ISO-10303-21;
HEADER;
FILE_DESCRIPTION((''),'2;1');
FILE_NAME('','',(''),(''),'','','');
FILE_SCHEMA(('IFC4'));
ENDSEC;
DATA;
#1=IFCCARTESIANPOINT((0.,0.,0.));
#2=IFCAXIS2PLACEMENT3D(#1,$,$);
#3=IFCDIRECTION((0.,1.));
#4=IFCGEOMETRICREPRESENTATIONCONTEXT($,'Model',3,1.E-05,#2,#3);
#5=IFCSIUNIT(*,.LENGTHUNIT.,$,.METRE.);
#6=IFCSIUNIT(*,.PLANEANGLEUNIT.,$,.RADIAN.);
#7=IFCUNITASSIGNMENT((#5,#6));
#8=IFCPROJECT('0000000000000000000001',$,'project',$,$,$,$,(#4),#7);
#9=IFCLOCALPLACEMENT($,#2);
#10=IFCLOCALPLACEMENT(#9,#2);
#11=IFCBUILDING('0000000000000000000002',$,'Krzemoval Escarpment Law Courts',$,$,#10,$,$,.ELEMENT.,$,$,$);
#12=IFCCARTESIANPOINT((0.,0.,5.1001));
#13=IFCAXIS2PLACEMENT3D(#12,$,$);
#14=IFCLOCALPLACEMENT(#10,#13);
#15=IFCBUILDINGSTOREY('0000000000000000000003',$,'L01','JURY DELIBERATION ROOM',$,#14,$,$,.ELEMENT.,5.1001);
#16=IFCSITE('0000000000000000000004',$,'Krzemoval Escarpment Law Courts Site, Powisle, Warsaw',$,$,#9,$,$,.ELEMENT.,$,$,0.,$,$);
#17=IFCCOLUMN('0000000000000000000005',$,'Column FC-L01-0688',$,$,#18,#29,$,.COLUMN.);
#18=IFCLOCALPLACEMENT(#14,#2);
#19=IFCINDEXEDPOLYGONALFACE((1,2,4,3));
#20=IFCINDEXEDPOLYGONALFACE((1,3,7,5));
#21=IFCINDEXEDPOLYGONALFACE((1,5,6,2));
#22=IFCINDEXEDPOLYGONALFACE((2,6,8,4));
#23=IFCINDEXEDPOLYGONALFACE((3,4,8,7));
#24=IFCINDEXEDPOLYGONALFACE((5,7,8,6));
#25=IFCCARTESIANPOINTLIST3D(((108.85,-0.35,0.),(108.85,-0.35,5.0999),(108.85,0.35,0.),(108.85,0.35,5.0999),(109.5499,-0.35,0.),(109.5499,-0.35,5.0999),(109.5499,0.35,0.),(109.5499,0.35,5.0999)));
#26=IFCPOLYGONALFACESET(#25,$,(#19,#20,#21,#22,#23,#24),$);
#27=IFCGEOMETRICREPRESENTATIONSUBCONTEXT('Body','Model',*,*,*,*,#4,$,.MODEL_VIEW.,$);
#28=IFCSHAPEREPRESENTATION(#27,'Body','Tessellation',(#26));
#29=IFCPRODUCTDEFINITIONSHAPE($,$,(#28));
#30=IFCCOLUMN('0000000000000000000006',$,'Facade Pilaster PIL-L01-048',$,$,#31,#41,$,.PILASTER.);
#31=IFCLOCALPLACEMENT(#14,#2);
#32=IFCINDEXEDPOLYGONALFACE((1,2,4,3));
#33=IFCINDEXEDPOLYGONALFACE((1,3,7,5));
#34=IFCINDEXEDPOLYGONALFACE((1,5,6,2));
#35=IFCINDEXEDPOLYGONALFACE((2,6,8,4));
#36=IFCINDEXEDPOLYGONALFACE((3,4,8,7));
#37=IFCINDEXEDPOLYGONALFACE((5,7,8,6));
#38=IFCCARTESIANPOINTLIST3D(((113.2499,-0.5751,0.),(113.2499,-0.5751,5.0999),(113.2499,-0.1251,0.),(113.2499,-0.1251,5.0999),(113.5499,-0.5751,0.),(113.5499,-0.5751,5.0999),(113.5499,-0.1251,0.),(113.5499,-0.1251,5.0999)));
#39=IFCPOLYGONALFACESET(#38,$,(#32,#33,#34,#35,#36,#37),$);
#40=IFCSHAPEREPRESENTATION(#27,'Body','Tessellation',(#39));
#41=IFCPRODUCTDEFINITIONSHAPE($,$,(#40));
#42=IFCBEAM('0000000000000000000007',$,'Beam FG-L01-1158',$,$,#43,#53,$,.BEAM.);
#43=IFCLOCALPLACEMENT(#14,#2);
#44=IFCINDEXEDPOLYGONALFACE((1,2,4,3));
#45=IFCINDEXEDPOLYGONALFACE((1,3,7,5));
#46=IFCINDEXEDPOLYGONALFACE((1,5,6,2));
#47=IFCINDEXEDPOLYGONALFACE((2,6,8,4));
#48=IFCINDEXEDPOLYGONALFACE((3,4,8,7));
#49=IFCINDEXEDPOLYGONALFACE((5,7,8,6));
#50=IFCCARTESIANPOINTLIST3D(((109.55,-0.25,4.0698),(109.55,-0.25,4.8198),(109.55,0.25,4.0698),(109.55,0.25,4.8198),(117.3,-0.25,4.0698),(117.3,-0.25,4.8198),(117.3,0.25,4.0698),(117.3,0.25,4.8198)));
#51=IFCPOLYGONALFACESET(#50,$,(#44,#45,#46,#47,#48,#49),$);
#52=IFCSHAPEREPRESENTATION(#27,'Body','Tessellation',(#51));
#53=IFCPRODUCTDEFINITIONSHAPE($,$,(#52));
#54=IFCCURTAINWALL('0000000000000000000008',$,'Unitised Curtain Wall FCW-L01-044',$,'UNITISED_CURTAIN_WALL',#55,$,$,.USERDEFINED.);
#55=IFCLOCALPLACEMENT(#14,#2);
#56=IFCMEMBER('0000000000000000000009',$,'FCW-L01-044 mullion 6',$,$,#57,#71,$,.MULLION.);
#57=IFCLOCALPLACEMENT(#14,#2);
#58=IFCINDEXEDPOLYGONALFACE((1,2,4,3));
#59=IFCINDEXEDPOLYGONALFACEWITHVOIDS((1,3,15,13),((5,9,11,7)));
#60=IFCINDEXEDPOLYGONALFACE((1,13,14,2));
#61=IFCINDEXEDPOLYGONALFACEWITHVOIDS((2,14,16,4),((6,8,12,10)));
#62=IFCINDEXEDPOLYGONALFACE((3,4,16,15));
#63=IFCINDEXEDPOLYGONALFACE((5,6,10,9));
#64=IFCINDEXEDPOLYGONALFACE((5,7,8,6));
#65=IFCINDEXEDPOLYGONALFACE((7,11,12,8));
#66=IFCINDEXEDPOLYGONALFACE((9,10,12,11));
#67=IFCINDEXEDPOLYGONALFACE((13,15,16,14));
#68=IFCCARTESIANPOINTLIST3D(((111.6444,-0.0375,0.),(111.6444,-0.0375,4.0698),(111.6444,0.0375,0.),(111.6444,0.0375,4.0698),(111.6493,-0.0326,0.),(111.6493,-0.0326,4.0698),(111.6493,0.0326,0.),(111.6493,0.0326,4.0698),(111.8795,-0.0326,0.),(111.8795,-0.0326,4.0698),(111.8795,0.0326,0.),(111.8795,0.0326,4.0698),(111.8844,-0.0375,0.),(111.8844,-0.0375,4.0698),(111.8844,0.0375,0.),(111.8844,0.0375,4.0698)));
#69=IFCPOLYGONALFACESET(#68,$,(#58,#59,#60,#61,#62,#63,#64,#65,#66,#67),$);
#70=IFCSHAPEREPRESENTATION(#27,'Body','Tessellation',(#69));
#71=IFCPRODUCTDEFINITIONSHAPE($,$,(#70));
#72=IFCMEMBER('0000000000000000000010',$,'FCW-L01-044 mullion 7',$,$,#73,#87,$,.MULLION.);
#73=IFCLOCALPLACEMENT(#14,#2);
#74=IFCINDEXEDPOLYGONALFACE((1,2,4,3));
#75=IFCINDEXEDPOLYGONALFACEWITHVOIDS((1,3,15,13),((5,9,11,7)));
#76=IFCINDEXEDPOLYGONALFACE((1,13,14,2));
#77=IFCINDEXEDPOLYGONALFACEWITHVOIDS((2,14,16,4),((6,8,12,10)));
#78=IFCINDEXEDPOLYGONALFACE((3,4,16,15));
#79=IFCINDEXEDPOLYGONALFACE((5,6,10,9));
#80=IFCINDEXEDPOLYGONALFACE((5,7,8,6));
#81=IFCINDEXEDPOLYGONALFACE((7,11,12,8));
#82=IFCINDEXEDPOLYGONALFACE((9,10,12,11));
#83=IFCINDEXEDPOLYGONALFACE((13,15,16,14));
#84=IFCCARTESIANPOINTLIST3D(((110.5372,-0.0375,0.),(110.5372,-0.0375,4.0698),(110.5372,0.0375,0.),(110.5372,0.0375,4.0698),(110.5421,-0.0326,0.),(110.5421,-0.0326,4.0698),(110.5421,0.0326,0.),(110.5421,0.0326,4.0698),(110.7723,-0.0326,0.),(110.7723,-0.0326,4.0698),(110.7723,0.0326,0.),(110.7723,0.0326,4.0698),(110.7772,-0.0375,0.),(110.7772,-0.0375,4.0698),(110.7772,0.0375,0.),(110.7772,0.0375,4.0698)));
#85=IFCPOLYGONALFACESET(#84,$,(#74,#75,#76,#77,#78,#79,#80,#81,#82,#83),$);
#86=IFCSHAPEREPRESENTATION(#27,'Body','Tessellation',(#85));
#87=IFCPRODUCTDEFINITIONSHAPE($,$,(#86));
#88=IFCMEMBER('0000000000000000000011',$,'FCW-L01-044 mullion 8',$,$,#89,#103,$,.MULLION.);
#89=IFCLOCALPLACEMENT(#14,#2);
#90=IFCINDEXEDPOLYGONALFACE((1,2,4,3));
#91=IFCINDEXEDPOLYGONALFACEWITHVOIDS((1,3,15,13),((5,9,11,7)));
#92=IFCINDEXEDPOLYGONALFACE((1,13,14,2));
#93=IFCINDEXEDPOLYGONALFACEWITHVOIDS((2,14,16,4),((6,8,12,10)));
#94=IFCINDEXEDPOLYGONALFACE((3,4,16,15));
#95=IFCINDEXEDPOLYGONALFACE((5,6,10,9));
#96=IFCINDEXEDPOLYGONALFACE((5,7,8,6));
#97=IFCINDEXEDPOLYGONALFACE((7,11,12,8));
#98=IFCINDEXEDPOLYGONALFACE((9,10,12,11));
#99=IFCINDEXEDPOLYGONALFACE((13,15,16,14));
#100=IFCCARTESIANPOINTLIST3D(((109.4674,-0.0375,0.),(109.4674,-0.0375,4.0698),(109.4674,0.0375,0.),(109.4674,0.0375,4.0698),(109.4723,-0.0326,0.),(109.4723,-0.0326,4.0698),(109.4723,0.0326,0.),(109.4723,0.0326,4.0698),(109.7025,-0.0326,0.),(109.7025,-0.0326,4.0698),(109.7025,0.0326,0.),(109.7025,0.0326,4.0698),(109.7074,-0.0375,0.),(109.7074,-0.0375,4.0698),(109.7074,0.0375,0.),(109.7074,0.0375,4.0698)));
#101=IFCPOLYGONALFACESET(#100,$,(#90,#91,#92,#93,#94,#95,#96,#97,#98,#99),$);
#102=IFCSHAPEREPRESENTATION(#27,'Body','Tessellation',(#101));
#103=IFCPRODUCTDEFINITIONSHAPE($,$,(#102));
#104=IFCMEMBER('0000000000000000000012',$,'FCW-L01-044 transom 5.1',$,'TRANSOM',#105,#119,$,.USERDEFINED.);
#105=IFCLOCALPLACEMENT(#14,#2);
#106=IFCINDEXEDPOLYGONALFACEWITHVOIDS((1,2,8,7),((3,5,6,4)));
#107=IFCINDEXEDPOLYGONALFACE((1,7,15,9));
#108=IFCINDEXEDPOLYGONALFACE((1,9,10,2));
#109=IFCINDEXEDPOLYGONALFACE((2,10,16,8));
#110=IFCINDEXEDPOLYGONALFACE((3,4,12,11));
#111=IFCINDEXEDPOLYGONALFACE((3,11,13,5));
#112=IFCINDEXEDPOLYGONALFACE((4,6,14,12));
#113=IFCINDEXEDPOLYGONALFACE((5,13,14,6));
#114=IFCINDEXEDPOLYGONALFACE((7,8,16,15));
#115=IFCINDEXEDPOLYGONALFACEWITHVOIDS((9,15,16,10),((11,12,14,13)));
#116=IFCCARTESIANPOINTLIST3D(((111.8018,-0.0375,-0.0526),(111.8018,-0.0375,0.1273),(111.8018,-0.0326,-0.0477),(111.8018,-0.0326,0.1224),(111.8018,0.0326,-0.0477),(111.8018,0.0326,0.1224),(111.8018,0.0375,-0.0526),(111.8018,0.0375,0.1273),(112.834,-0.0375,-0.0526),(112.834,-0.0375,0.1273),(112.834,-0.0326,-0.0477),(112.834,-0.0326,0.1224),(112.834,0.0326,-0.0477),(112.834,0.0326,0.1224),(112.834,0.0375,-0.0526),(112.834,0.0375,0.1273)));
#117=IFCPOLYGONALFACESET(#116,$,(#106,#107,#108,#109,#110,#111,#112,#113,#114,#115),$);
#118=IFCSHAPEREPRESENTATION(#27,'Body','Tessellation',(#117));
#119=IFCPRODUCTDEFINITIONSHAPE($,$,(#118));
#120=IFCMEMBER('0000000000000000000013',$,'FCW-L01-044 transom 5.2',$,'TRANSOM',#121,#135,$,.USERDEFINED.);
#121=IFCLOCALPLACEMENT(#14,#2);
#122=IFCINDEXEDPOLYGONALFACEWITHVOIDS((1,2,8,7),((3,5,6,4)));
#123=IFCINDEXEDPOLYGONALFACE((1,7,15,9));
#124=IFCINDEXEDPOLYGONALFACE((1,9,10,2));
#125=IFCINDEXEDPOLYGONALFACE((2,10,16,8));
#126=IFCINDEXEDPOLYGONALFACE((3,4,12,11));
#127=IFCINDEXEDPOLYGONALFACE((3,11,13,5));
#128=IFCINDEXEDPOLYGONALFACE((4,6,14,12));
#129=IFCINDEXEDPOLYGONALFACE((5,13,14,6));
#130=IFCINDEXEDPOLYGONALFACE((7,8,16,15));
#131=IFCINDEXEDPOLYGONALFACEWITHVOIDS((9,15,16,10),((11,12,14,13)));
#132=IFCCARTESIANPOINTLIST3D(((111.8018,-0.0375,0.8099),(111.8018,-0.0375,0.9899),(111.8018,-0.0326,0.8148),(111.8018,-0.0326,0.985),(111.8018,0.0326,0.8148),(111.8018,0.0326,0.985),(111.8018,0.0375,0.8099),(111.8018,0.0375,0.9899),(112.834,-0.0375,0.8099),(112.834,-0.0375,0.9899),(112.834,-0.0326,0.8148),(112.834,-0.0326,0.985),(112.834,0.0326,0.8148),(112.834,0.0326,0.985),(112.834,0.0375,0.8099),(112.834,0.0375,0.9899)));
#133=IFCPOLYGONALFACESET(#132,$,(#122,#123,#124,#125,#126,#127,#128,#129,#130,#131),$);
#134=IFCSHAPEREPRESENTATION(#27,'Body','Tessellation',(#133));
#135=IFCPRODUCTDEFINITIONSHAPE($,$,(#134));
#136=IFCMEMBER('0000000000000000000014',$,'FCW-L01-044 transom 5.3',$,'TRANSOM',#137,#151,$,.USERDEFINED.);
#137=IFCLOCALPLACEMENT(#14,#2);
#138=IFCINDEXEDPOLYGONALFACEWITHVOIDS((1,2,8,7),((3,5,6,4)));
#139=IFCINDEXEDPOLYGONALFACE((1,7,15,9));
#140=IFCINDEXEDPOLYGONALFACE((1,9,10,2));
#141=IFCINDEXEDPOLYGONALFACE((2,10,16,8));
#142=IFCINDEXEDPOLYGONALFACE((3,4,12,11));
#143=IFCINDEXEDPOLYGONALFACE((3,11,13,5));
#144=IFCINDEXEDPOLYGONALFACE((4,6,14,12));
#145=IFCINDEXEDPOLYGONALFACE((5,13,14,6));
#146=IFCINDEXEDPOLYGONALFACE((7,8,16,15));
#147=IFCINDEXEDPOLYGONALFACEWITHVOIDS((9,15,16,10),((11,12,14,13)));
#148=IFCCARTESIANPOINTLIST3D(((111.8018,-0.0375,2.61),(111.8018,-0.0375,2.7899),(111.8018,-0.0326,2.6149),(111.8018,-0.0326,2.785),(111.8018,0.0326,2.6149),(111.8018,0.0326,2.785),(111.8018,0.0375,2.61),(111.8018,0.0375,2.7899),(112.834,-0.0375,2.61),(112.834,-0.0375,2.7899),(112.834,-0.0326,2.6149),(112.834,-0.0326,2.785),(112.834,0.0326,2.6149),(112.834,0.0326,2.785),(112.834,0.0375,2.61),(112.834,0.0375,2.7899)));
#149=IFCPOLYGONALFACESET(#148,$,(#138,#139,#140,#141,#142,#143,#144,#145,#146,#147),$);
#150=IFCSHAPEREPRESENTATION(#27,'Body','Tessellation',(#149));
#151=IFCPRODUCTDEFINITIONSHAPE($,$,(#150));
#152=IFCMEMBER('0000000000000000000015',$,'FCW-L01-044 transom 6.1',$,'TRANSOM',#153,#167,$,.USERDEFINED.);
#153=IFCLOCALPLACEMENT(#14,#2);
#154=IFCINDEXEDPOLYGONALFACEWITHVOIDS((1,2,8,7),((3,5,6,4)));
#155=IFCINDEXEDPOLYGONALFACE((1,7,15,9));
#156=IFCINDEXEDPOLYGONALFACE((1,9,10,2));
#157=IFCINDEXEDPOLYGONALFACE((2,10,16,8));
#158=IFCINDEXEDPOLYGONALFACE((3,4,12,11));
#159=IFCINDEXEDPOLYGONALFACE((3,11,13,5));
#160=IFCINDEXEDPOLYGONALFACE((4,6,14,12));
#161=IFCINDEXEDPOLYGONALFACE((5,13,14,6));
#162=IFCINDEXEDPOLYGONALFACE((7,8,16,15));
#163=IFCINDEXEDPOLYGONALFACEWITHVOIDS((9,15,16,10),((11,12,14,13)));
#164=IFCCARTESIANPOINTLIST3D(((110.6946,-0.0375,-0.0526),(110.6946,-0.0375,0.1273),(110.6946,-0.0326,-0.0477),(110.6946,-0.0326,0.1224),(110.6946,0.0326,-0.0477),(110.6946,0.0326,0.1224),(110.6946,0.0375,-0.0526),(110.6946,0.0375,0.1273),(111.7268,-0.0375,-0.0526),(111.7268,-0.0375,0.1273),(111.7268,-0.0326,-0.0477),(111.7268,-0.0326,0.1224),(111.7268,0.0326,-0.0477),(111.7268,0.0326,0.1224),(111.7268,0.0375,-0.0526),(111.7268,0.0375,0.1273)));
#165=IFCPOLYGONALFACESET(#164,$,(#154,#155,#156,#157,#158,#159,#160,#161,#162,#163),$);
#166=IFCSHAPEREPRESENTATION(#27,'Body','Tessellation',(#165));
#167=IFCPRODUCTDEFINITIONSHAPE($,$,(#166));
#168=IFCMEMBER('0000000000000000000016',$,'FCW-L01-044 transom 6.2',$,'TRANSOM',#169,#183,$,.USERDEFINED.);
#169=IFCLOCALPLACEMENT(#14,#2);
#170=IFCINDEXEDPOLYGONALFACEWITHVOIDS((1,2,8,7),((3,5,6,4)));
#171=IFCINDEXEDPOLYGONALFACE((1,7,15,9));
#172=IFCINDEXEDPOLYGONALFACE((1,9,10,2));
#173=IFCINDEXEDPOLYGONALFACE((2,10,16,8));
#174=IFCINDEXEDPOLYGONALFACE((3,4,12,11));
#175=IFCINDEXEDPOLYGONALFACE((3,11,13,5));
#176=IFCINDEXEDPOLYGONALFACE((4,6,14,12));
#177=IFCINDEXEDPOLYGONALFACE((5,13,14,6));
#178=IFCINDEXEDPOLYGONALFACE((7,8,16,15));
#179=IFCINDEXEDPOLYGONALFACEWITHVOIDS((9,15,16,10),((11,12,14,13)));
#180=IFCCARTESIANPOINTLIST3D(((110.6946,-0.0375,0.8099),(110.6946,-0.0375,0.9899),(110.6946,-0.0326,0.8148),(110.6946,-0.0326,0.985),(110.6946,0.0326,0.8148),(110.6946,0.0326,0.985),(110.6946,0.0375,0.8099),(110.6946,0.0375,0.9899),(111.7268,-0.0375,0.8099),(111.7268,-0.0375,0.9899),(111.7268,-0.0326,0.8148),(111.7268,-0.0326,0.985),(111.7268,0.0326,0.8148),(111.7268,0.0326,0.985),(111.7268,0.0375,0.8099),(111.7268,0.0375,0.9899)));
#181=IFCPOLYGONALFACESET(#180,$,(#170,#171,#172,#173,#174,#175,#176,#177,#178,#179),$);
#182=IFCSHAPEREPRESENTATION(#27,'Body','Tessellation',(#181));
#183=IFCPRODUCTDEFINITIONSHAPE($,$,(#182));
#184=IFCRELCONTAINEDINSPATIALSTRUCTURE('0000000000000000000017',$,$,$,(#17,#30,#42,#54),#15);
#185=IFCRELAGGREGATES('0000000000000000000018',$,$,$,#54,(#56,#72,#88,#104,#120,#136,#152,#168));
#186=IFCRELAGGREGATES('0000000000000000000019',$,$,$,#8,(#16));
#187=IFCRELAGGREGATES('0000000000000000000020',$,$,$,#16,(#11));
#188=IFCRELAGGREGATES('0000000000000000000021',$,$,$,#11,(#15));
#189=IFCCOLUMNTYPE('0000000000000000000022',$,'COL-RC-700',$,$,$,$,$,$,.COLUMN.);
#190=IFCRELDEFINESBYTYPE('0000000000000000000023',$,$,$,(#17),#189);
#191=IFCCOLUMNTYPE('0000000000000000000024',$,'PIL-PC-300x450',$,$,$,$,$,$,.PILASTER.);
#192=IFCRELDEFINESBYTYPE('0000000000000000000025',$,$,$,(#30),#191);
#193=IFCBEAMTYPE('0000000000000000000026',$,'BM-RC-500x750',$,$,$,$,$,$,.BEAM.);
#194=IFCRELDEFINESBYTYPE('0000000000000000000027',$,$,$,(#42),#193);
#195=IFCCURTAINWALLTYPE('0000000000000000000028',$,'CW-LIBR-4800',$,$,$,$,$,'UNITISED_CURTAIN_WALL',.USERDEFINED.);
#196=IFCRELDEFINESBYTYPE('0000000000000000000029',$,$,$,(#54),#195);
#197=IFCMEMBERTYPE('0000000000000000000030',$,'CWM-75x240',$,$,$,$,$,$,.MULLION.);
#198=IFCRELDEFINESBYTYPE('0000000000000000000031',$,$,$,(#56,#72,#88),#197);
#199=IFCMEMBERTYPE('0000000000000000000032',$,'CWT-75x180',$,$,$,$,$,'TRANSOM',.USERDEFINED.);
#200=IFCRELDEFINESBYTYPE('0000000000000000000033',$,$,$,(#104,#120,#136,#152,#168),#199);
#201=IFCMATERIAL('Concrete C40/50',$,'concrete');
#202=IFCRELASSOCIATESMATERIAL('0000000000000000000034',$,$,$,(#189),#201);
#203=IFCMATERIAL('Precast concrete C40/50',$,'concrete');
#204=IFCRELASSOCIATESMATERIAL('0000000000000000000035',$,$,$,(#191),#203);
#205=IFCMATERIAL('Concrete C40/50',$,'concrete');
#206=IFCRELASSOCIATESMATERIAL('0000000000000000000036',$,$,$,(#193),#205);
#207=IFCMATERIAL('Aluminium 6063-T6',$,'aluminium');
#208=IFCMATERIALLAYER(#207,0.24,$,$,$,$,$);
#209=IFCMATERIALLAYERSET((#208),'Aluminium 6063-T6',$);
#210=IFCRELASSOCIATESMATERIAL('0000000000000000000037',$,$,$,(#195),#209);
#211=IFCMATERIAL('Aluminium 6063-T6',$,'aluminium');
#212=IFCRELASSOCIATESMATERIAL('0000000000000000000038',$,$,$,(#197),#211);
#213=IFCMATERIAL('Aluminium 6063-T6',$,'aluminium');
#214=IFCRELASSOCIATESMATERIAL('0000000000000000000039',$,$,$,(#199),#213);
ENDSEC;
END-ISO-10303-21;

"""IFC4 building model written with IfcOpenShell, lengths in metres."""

from ifc_helpers import new_model, si_unit, direction, frame, origin, origin_2d, place, context, subcontext, project, spatial, rectangle, hollow_rectangle, extrude, material, layer, layer_set, material_profile, profile_set, type_object, element, aggregate, save


model = new_model("IFC4")

# Units and contexts
model_context = context("Model", 3, precision=1e-05, world=origin(), true_north=direction((0.0, 1.0)))
body_context = subcontext(model_context, "Body", "Model", "MODEL_VIEW")
ifc_project = project(units=[si_unit("LENGTHUNIT", "METRE"), si_unit("PLANEANGLEUNIT", "RADIAN")], contexts=[model_context])

# Site, building, storey
site_placement = place(None, origin())
site = spatial("IfcSite", under=ifc_project, at=site_placement, Name="Krzemoval Escarpment Law Courts Site, Powisle, Warsaw", CompositionType="ELEMENT", RefElevation=0.0)
building_placement = place(site_placement, origin())
building = spatial("IfcBuilding", under=site, at=building_placement, Name="Krzemoval Escarpment Law Courts", CompositionType="ELEMENT")
storey_placement = place(building_placement, frame((0.0, 0.0, 5.1001)))
storey = spatial("IfcBuildingStorey", under=building, at=storey_placement, Name="L01", Description="JURY DELIBERATION ROOM", CompositionType="ELEMENT", Elevation=5.1001)

# Columns
ifc_material_1 = material(Name="Concrete C40/50", Category="concrete")
ifc_material_profile_1 = material_profile(ifc_material_1, rectangle(XDim=0.7, YDim=0.7, at=origin_2d()), Name="RC 700x700")
ifc_profile_set_1 = profile_set([ifc_material_profile_1], Name="Concrete C40/50")
column_type_1 = type_object("IfcColumnType", Name="COL-RC-700", PredefinedType="COLUMN", material=ifc_profile_set_1)
column_1_placement = place(storey_placement, frame((109.2, 0.0, 0.0), z_axis=(0.0, 0.0, 1.0), x_axis=(1.0, 0.0, 0.0)))
element("IfcColumn", 1, at=column_1_placement, inside=storey, type_object=column_type_1, Name="Column FC-L01-0688", PredefinedType="COLUMN", context=body_context, shape_type="SweptSolid", body=[
    extrude(rectangle(XDim=0.7, YDim=0.7, at=origin_2d()), origin(), (0.0, 0.0, 1.0), 5.0999),
])
ifc_material_2 = material(Name="Precast concrete C40/50", Category="concrete")
ifc_material_profile_2 = material_profile(ifc_material_2, rectangle(XDim=0.3, YDim=0.45, at=origin_2d()), Name="PIL 300x450")
ifc_profile_set_2 = profile_set([ifc_material_profile_2], Name="Precast concrete C40/50")
column_type_2 = type_object("IfcColumnType", Name="PIL-PC-300x450", PredefinedType="PILASTER", material=ifc_profile_set_2)
column_2_placement = place(storey_placement, frame((113.3999, -0.3501, 0.0), z_axis=(0.0, 0.0, 1.0), x_axis=(1.0, 0.0, 0.0)))
element("IfcColumn", 2, at=column_2_placement, inside=storey, type_object=column_type_2, Name="Facade Pilaster PIL-L01-048", PredefinedType="PILASTER", context=body_context, shape_type="SweptSolid", body=[
    extrude(rectangle(XDim=0.3, YDim=0.45, at=origin_2d()), origin(), (0.0, 0.0, 1.0), 5.0999),
])

# Beam
ifc_material_3 = material(Name="Concrete C40/50", Category="concrete")
ifc_material_profile_3 = material_profile(ifc_material_3, rectangle(XDim=0.5, YDim=0.75, at=origin_2d()), Name="RCB 500x750")
ifc_profile_set_3 = profile_set([ifc_material_profile_3], Name="Concrete C40/50")
beam_type = type_object("IfcBeamType", Name="BM-RC-500x750", PredefinedType="BEAM", material=ifc_profile_set_3)
beam_placement = place(storey_placement, frame((109.55, 0.0, 4.4448), z_axis=(1.0, 0.0, 0.0), x_axis=(0.0, 1.0, 0.0)))
element("IfcBeam", 3, at=beam_placement, inside=storey, type_object=beam_type, Name="Beam FG-L01-1158", PredefinedType="BEAM", context=body_context, shape_type="SweptSolid", body=[
    extrude(rectangle(XDim=0.5, YDim=0.75, at=origin_2d()), origin(), (0.0, 0.0, 1.0), 7.75),
])

# Curtain wall, members
ifc_material_4 = material(Name="Aluminium 6063-T6", Category="aluminium")
ifc_layer_1 = layer(ifc_material_4, 0.24)
ifc_layer_set_1 = layer_set([ifc_layer_1], Name="Aluminium 6063-T6")
curtain_wall_type = type_object("IfcCurtainWallType", Name="CW-LIBR-4800", ElementType="UNITISED_CURTAIN_WALL", PredefinedType="USERDEFINED", material=ifc_layer_set_1)
curtain_wall_placement = place(storey_placement, origin())
curtain_wall = element("IfcCurtainWall", 4, at=curtain_wall_placement, inside=storey, type_object=curtain_wall_type, Name="Unitised Curtain Wall FCW-L01-044", ObjectType="UNITISED_CURTAIN_WALL", PredefinedType="USERDEFINED")
ifc_material_5 = material(Name="Aluminium 6063-T6", Category="aluminium")
ifc_material_profile_4 = material_profile(ifc_material_5, hollow_rectangle(XDim=0.075, YDim=0.24, WallThickness=0.0049, at=origin_2d()), Name="ALU M75x240")
ifc_profile_set_4 = profile_set([ifc_material_profile_4], Name="Aluminium 6063-T6")
member_type_1 = type_object("IfcMemberType", Name="CWM-75x240", PredefinedType="MULLION", material=ifc_profile_set_4)
member_1_placement = place(storey_placement, frame((111.7644, 0.0, 0.0), z_axis=(0.0, 0.0, 1.0), x_axis=(0.0, -1.0, 0.0)))
member_1 = element("IfcMember", 5, at=member_1_placement, type_object=member_type_1, Name="FCW-L01-044 mullion 6", PredefinedType="MULLION", context=body_context, shape_type="SweptSolid", body=[
    extrude(hollow_rectangle(XDim=0.075, YDim=0.24, WallThickness=0.0049, at=origin_2d()), origin(), (0.0, 0.0, 1.0), 4.0698),
])
member_2_placement = place(storey_placement, frame((110.6572, 0.0, 0.0), z_axis=(0.0, 0.0, 1.0), x_axis=(0.0, -1.0, 0.0)))
member_2 = element("IfcMember", 6, at=member_2_placement, type_object=member_type_1, Name="FCW-L01-044 mullion 7", PredefinedType="MULLION", context=body_context, shape_type="SweptSolid", body=[
    extrude(hollow_rectangle(XDim=0.075, YDim=0.24, WallThickness=0.0049, at=origin_2d()), origin(), (0.0, 0.0, 1.0), 4.0698),
])
member_3_placement = place(storey_placement, frame((109.5874, 0.0, 0.0), z_axis=(0.0, 0.0, 1.0), x_axis=(0.0, -1.0, 0.0)))
member_3 = element("IfcMember", 7, at=member_3_placement, type_object=member_type_1, Name="FCW-L01-044 mullion 8", PredefinedType="MULLION", context=body_context, shape_type="SweptSolid", body=[
    extrude(hollow_rectangle(XDim=0.075, YDim=0.24, WallThickness=0.0049, at=origin_2d()), origin(), (0.0, 0.0, 1.0), 4.0698),
])
ifc_material_6 = material(Name="Aluminium 6063-T6", Category="aluminium")
ifc_material_profile_5 = material_profile(ifc_material_6, hollow_rectangle(XDim=0.075, YDim=0.1799, WallThickness=0.0049, at=origin_2d()), Name="ALU T75x180")
ifc_profile_set_5 = profile_set([ifc_material_profile_5], Name="Aluminium 6063-T6")
member_type_2 = type_object("IfcMemberType", Name="CWT-75x180", ElementType="TRANSOM", PredefinedType="USERDEFINED", material=ifc_profile_set_5)
member_4_placement = place(storey_placement, frame((112.834, 0.0, 0.0374), z_axis=(-1.0, 0.0, 0.0), x_axis=(0.0, -1.0, 0.0)))
member_4 = element("IfcMember", 8, at=member_4_placement, type_object=member_type_2, Name="FCW-L01-044 transom 5.1", ObjectType="TRANSOM", PredefinedType="USERDEFINED", context=body_context, shape_type="SweptSolid", body=[
    extrude(hollow_rectangle(XDim=0.075, YDim=0.1799, WallThickness=0.0049, at=origin_2d()), origin(), (0.0, 0.0, 1.0), 1.0322),
])
member_5_placement = place(storey_placement, frame((112.834, 0.0, 0.8999), z_axis=(-1.0, 0.0, 0.0), x_axis=(0.0, -1.0, 0.0)))
member_5 = element("IfcMember", 9, at=member_5_placement, type_object=member_type_2, Name="FCW-L01-044 transom 5.2", ObjectType="TRANSOM", PredefinedType="USERDEFINED", context=body_context, shape_type="SweptSolid", body=[
    extrude(hollow_rectangle(XDim=0.075, YDim=0.1799, WallThickness=0.0049, at=origin_2d()), origin(), (0.0, 0.0, 1.0), 1.0322),
])
member_6_placement = place(storey_placement, frame((112.834, 0.0, 2.7), z_axis=(-1.0, 0.0, 0.0), x_axis=(0.0, -1.0, 0.0)))
member_6 = element("IfcMember", 10, at=member_6_placement, type_object=member_type_2, Name="FCW-L01-044 transom 5.3", ObjectType="TRANSOM", PredefinedType="USERDEFINED", context=body_context, shape_type="SweptSolid", body=[
    extrude(hollow_rectangle(XDim=0.075, YDim=0.1799, WallThickness=0.0049, at=origin_2d()), origin(), (0.0, 0.0, 1.0), 1.0322),
])
member_7_placement = place(storey_placement, frame((111.7268, 0.0, 0.0374), z_axis=(-1.0, 0.0, 0.0), x_axis=(0.0, -1.0, 0.0)))
member_7 = element("IfcMember", 11, at=member_7_placement, type_object=member_type_2, Name="FCW-L01-044 transom 6.1", ObjectType="TRANSOM", PredefinedType="USERDEFINED", context=body_context, shape_type="SweptSolid", body=[
    extrude(hollow_rectangle(XDim=0.075, YDim=0.1799, WallThickness=0.0049, at=origin_2d()), origin(), (0.0, 0.0, 1.0), 1.0322),
])
member_8_placement = place(storey_placement, frame((111.7268, 0.0, 0.8999), z_axis=(-1.0, 0.0, 0.0), x_axis=(0.0, -1.0, 0.0)))
member_8 = element("IfcMember", 12, at=member_8_placement, type_object=member_type_2, Name="FCW-L01-044 transom 6.2", ObjectType="TRANSOM", PredefinedType="USERDEFINED", context=body_context, shape_type="SweptSolid", body=[
    extrude(hollow_rectangle(XDim=0.075, YDim=0.1799, WallThickness=0.0049, at=origin_2d()), origin(), (0.0, 0.0, 1.0), 1.0322),
])

aggregate(curtain_wall, [member_1, member_2, member_3, member_4, member_5, member_6, member_7, member_8])

save(model, "model.ifc")
